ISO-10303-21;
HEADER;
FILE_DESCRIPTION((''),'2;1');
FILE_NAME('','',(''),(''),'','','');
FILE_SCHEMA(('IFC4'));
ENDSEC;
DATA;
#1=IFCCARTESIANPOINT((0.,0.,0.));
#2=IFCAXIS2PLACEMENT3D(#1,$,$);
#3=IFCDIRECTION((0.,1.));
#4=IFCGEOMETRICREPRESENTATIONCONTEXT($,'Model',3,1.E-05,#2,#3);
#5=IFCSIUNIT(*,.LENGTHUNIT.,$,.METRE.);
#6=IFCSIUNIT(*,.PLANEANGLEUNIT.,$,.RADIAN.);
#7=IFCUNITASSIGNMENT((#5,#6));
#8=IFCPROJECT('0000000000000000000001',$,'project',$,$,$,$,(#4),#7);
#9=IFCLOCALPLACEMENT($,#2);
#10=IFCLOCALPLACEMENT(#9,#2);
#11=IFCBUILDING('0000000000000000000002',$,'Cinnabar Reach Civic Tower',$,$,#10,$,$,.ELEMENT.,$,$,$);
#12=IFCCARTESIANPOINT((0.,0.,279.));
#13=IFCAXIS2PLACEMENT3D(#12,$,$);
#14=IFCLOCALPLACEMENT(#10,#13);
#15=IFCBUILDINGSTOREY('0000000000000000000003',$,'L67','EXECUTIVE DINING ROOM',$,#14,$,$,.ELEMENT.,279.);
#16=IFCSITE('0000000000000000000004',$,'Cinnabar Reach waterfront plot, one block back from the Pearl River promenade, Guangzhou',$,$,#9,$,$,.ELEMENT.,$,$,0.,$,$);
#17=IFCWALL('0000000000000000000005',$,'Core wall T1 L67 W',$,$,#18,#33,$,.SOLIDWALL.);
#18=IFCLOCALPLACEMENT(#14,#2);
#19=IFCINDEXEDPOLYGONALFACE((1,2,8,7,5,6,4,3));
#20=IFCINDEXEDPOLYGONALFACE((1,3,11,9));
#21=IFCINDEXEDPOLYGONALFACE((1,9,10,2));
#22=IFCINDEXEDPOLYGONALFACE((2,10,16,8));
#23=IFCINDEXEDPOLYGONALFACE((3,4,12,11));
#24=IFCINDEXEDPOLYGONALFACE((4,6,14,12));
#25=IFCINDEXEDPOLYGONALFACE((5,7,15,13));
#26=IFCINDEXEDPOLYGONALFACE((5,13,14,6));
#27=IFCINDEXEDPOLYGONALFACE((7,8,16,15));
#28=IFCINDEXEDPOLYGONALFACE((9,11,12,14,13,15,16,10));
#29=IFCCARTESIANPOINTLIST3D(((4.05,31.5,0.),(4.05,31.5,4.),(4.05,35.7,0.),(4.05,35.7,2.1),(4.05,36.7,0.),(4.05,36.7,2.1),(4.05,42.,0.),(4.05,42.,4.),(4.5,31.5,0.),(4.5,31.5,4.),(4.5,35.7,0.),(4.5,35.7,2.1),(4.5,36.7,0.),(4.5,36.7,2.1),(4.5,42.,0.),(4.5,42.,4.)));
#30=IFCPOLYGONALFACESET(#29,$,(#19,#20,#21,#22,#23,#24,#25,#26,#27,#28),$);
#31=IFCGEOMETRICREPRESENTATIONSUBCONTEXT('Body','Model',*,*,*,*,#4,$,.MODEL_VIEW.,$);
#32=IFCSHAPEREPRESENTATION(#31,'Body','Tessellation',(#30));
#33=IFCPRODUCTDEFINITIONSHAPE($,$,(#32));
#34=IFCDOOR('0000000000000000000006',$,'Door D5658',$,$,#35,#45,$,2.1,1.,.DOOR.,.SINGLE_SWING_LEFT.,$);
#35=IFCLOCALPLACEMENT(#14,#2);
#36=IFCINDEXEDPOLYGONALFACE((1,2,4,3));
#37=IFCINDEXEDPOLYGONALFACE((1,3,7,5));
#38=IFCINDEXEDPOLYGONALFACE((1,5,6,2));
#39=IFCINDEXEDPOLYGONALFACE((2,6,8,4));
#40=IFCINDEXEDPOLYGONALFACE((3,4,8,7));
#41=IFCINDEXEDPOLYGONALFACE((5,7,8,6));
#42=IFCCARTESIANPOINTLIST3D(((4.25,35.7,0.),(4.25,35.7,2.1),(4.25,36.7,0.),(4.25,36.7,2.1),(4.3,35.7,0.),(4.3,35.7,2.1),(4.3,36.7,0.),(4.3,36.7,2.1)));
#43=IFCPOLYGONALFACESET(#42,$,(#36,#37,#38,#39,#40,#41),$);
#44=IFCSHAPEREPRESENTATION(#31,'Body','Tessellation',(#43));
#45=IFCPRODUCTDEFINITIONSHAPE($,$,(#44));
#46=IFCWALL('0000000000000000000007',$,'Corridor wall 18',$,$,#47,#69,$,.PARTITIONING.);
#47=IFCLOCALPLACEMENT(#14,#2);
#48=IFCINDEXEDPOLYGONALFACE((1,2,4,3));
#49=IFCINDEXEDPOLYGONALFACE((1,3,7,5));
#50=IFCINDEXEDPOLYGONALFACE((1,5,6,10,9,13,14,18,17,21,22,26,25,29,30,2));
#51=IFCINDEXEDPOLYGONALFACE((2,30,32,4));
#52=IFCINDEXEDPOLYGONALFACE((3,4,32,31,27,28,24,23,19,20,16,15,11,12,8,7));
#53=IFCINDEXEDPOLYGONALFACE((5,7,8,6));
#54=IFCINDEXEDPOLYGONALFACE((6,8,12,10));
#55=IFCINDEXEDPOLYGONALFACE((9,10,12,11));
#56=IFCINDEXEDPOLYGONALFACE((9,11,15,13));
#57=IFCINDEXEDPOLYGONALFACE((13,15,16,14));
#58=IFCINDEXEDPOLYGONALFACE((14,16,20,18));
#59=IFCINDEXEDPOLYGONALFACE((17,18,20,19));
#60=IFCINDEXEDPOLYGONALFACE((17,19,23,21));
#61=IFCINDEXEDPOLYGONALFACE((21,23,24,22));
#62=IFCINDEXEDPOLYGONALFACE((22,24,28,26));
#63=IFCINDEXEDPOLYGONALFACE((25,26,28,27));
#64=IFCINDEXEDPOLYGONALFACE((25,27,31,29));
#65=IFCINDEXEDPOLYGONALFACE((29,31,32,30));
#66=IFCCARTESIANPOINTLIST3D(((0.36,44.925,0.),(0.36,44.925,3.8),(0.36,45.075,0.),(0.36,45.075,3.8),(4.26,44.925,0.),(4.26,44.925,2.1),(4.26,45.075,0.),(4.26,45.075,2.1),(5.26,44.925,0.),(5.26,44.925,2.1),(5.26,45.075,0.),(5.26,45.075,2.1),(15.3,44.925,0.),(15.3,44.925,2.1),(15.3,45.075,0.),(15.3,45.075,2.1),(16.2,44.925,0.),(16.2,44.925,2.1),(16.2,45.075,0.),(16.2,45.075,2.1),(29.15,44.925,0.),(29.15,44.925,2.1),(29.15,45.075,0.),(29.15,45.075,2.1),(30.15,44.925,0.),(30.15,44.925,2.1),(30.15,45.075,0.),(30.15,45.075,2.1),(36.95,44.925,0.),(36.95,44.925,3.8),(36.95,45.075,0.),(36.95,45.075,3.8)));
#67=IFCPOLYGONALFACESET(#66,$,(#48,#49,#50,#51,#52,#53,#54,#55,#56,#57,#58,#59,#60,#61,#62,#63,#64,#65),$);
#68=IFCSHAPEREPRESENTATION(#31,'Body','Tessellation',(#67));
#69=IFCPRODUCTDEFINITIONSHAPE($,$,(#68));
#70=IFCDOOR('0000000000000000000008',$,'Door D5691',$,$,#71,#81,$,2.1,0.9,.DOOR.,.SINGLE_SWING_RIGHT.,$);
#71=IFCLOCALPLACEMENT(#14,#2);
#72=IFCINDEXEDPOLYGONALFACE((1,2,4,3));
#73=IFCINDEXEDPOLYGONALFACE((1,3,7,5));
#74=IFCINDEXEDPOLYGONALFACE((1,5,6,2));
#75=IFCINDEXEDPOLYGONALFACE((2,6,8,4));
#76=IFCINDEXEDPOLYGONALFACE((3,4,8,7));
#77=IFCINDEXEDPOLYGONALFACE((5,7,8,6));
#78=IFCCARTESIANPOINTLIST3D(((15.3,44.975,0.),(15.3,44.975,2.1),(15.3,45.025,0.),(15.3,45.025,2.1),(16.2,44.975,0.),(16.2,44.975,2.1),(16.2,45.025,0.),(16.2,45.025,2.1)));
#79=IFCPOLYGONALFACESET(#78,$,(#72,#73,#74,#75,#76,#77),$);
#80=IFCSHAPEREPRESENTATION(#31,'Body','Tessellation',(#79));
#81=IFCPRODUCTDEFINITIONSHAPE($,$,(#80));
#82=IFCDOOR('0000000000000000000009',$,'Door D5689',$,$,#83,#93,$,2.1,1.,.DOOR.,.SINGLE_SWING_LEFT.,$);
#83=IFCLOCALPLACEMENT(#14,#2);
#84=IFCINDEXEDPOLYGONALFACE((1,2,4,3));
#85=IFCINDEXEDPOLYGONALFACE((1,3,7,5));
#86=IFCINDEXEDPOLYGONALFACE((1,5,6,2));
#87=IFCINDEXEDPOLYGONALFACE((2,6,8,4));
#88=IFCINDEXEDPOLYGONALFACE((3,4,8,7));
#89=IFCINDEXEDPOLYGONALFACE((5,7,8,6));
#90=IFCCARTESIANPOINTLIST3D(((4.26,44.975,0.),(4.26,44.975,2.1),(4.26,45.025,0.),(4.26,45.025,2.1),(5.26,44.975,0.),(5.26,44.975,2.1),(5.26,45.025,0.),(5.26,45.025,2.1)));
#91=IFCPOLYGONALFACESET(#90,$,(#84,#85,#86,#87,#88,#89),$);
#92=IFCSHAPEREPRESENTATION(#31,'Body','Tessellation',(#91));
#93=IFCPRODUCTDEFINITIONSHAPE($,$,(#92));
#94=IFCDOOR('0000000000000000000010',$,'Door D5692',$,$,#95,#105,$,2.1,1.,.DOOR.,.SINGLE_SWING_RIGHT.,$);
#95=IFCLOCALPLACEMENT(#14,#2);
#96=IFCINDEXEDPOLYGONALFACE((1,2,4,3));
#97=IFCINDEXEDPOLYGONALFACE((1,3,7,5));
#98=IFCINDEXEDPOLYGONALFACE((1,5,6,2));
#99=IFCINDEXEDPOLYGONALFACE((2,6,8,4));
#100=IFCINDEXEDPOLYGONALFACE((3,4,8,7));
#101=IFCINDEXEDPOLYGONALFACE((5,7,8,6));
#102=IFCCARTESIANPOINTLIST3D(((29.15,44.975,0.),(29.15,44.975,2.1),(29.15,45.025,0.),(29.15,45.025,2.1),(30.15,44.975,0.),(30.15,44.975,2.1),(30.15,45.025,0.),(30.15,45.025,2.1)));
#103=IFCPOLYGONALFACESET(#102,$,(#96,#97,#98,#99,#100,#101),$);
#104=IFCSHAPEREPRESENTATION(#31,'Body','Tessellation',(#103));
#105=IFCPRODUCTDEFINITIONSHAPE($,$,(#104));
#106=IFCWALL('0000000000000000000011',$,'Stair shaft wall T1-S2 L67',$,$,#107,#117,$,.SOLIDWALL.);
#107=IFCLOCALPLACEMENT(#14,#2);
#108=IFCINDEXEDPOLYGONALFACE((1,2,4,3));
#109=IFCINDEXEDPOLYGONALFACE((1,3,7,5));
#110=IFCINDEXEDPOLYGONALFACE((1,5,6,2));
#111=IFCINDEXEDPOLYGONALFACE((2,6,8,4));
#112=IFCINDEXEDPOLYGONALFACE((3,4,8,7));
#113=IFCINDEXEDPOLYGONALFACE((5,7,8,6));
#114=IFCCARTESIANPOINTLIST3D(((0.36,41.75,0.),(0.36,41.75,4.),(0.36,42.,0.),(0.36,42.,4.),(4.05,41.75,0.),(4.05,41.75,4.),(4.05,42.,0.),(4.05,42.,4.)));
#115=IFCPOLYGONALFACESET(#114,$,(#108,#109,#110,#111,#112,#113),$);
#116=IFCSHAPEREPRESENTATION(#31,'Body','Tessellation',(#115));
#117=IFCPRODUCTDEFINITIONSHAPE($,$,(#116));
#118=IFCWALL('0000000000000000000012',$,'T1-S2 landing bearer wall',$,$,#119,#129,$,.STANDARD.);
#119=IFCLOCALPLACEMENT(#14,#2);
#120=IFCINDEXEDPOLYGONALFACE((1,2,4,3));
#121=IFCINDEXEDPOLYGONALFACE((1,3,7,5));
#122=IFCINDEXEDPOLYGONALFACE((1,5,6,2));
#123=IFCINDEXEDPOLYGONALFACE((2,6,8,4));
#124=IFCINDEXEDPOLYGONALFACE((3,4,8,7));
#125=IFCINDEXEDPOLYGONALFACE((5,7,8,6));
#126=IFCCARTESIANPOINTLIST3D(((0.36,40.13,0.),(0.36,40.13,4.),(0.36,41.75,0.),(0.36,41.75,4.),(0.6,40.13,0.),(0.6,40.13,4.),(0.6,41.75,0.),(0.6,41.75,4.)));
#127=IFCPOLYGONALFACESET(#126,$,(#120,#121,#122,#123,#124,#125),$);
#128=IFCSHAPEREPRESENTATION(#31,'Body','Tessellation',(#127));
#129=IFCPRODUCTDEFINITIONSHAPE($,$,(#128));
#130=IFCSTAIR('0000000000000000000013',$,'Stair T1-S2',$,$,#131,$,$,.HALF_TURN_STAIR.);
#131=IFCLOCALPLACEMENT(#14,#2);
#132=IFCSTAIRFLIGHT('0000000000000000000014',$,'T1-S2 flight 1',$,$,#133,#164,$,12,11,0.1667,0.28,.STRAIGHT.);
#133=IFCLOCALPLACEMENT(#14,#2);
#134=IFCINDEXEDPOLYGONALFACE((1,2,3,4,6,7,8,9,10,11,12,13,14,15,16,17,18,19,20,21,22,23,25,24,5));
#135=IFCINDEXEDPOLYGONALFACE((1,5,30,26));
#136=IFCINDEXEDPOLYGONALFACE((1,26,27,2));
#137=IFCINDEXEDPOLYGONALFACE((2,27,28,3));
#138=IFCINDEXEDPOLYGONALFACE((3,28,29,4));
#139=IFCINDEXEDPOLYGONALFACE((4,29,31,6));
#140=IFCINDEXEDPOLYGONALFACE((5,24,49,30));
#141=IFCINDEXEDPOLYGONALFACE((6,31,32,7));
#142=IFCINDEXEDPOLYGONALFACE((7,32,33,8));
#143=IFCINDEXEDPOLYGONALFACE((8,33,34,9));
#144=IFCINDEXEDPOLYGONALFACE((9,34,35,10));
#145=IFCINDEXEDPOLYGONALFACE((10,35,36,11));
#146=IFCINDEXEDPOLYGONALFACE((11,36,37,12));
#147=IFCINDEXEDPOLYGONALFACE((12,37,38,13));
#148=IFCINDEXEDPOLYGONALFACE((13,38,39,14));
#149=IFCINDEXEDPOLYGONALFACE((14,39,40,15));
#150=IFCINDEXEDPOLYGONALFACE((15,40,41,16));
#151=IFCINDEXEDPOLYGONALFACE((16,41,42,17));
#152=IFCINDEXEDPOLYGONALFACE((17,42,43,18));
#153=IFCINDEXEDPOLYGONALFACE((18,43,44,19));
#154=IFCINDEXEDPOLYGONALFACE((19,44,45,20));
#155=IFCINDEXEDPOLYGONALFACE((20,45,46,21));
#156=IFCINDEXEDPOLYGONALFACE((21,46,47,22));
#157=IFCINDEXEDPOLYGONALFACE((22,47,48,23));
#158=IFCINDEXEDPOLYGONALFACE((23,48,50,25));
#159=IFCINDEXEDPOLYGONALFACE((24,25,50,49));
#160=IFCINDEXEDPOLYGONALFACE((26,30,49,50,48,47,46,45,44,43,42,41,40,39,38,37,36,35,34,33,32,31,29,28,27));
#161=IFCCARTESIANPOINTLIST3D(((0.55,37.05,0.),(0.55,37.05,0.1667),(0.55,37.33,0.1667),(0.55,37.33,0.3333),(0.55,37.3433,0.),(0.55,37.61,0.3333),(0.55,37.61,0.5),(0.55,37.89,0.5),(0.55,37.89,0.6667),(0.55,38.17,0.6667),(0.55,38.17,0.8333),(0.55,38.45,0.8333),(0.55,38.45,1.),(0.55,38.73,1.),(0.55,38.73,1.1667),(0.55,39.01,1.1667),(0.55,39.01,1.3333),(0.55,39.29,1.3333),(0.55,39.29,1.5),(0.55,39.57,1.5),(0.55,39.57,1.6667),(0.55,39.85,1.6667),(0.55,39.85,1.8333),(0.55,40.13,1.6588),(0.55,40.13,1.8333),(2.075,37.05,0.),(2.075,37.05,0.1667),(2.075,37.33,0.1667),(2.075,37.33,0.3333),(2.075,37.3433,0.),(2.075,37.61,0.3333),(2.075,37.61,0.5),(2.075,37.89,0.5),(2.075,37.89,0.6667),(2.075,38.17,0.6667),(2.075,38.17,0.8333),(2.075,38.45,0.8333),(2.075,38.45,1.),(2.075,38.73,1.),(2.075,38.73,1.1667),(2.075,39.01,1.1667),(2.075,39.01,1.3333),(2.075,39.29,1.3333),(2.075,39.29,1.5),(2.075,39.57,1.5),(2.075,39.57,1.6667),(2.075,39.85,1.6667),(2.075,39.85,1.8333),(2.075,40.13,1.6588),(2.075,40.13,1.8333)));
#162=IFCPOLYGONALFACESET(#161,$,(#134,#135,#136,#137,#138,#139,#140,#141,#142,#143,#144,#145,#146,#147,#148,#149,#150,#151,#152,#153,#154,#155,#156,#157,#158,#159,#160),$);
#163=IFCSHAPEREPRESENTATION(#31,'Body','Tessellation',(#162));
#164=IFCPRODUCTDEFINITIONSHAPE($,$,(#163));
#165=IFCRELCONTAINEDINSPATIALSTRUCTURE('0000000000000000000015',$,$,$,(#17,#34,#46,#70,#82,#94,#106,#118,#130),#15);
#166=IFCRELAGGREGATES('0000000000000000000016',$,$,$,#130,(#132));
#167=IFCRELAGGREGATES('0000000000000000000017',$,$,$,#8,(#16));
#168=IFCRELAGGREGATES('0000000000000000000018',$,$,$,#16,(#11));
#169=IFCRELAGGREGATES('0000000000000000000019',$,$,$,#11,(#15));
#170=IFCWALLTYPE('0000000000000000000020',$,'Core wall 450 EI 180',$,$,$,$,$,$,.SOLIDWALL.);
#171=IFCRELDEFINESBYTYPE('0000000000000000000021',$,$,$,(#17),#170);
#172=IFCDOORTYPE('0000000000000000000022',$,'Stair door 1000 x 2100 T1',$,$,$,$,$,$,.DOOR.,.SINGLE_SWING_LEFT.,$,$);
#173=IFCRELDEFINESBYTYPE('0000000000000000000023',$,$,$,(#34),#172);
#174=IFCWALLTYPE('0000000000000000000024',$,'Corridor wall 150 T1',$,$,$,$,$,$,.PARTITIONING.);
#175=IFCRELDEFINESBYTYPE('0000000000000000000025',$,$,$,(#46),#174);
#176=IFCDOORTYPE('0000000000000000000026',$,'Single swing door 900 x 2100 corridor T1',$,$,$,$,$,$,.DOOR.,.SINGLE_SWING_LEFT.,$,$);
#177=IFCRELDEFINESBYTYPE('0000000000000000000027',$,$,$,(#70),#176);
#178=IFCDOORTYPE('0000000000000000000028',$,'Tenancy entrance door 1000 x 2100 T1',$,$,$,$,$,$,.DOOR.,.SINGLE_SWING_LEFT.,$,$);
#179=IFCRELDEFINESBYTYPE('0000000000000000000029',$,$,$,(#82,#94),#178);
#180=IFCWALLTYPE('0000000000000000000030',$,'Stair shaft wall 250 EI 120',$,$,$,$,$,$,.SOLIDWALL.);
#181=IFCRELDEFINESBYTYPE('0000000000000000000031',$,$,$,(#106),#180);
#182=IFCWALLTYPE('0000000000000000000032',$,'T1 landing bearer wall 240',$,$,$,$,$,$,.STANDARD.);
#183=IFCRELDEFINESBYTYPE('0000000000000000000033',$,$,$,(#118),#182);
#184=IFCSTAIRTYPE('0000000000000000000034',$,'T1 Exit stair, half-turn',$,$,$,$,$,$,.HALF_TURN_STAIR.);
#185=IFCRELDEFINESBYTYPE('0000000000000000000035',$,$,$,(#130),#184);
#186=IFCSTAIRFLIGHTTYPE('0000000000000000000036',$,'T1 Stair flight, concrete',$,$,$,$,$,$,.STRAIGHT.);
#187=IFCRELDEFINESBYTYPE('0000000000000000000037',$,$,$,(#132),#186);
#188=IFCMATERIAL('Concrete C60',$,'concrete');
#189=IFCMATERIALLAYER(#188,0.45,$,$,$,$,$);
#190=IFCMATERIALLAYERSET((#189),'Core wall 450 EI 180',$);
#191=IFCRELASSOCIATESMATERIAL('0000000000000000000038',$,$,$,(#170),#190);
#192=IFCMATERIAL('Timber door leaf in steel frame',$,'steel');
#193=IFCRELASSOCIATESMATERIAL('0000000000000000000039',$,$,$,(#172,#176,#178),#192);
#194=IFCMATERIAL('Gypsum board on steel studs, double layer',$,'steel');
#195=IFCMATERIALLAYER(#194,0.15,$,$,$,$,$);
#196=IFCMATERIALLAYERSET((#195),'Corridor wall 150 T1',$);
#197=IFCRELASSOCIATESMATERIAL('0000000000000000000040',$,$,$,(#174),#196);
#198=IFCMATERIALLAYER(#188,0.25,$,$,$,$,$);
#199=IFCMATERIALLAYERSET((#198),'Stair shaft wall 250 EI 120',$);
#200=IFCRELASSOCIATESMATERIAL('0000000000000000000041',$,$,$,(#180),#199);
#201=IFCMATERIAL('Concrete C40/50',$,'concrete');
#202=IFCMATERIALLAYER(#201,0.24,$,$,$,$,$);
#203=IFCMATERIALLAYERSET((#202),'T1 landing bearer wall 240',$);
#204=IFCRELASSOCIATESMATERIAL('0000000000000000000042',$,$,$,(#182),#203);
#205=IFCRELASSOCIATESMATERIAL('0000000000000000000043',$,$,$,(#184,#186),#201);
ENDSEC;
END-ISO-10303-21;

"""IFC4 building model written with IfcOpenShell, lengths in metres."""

from ifc_helpers import new_model, si_unit, direction, frame, frame_2d, origin, place, context, subcontext, project, spatial, polyline, rectangle, outline, extrude, material, layer, layer_set, type_object, element, fill, aggregate, save


model = new_model("IFC4")

# Units and contexts
model_context = context("Model", 3, precision=1e-05, world=origin(), true_north=direction((0.0, 1.0)))
body_context = subcontext(model_context, "Body", "Model", "MODEL_VIEW")
ifc_project = project(units=[si_unit("LENGTHUNIT", "METRE"), si_unit("PLANEANGLEUNIT", "RADIAN")], contexts=[model_context])

# Site, building, storey
site_placement = place(None, origin())
site = spatial("IfcSite", under=ifc_project, at=site_placement, Name="Cinnabar Reach waterfront plot, one block back from the Pearl River promenade, Guangzhou", CompositionType="ELEMENT", RefElevation=0.0)
building_placement = place(site_placement, origin())
building = spatial("IfcBuilding", under=site, at=building_placement, Name="Cinnabar Reach Civic Tower", CompositionType="ELEMENT")
storey_placement = place(building_placement, frame((0.0, 0.0, 279.0)))
storey = spatial("IfcBuildingStorey", under=building, at=storey_placement, Name="L67", Description="EXECUTIVE DINING ROOM", CompositionType="ELEMENT", Elevation=279.0)

# Shared definitions
ifc_material_1 = material(Name="Concrete C60", Category="concrete")

# Wall, opening, door
ifc_layer_1 = layer(ifc_material_1, 0.45)
ifc_layer_set_1 = layer_set([ifc_layer_1], Name="Core wall 450 EI 180")
wall_type_1 = type_object("IfcWallType", Name="Core wall 450 EI 180", PredefinedType="SOLIDWALL", material=ifc_layer_set_1)
wall_1_placement = place(storey_placement, frame((4.275, 42.0, 0.0), z_axis=(0.0, 0.0, 1.0), x_axis=(0.0, -1.0, 0.0)))
wall_1 = element("IfcWall", 1, at=wall_1_placement, inside=storey, type_object=wall_type_1, Name="Core wall T1 L67 W", PredefinedType="SOLIDWALL", context=body_context, shape_type="SweptSolid", body=[
    extrude(rectangle(XDim=10.5, YDim=0.45, at=frame_2d((5.25, 0.0))), origin(), (0.0, 0.0, 1.0), 4.0),
])
opening_1_placement = place(wall_1_placement, frame((5.3, 0.0, 0.0)))
opening_1 = element("IfcOpeningElement", 2, at=opening_1_placement, cuts=wall_1, PredefinedType="OPENING", context=body_context, shape_type="SweptSolid", body=[
    extrude(rectangle(XDim=1.0, YDim=2.1, at=frame_2d((0.5, 1.05))), frame((0.0, 0.235, 0.0), z_axis=(0.0, -1.0, 0.0), x_axis=(1.0, 0.0, 0.0)), (0.0, 0.0, 1.0), 0.47),
])
ifc_material_2 = material(Name="Timber door leaf in steel frame", Category="steel")
door_type_1 = type_object("IfcDoorType", Name="Stair door 1000 x 2100 T1", OperationType="SINGLE_SWING_LEFT", PredefinedType="DOOR", material=ifc_material_2)
door_1_placement = place(opening_1_placement, frame((1.0, 0.0, 0.0), z_axis=(0.0, 0.0, 1.0), x_axis=(-1.0, 0.0, 0.0)))
door_1 = element("IfcDoor", 3, at=door_1_placement, inside=storey, type_object=door_type_1, Name="Door D5658", OperationType="SINGLE_SWING_LEFT", OverallHeight=2.1, OverallWidth=1.0, PredefinedType="DOOR", context=body_context, shape_type="SweptSolid", body=[
    extrude(rectangle(XDim=1.0, YDim=2.1, at=frame_2d((0.5, 1.05))), frame((0.0, 0.025, 0.0), z_axis=(0.0, -1.0, 0.0), x_axis=(1.0, 0.0, 0.0)), (0.0, 0.0, 1.0), 0.05),
])
fill(opening_1, door_1)

# Wall, openings, doors
ifc_material_3 = material(Name="Gypsum board on steel studs, double layer", Category="steel")
ifc_layer_2 = layer(ifc_material_3, 0.15)
ifc_layer_set_2 = layer_set([ifc_layer_2], Name="Corridor wall 150 T1")
wall_type_2 = type_object("IfcWallType", Name="Corridor wall 150 T1", PredefinedType="PARTITIONING", material=ifc_layer_set_2)
wall_2_placement = place(storey_placement, frame((0.36, 45.0, 0.0), z_axis=(0.0, 0.0, 1.0), x_axis=(1.0, 0.0, 0.0)))
wall_2 = element("IfcWall", 4, at=wall_2_placement, inside=storey, type_object=wall_type_2, Name="Corridor wall 18", PredefinedType="PARTITIONING", context=body_context, shape_type="SweptSolid", body=[
    extrude(rectangle(XDim=36.59, YDim=0.15, at=frame_2d((18.295, 0.0))), origin(), (0.0, 0.0, 1.0), 3.8),
])
opening_2_placement = place(wall_2_placement, frame((3.9, 0.0, 0.0)))
opening_2 = element("IfcOpeningElement", 5, at=opening_2_placement, cuts=wall_2, PredefinedType="OPENING", context=body_context, shape_type="SweptSolid", body=[
    extrude(rectangle(XDim=1.0, YDim=2.1, at=frame_2d((0.5, 1.05))), frame((0.0, 0.085, 0.0), z_axis=(0.0, -1.0, 0.0), x_axis=(1.0, 0.0, 0.0)), (0.0, 0.0, 1.0), 0.17),
])
opening_3_placement = place(wall_2_placement, frame((14.94, 0.0, 0.0)))
opening_3 = element("IfcOpeningElement", 6, at=opening_3_placement, cuts=wall_2, PredefinedType="OPENING", context=body_context, shape_type="SweptSolid", body=[
    extrude(rectangle(XDim=0.9, YDim=2.1, at=frame_2d((0.45, 1.05))), frame((0.0, 0.085, 0.0), z_axis=(0.0, -1.0, 0.0), x_axis=(1.0, 0.0, 0.0)), (0.0, 0.0, 1.0), 0.17),
])
opening_4_placement = place(wall_2_placement, frame((28.79, 0.0, 0.0)))
opening_4 = element("IfcOpeningElement", 7, at=opening_4_placement, cuts=wall_2, PredefinedType="OPENING", context=body_context, shape_type="SweptSolid", body=[
    extrude(rectangle(XDim=1.0, YDim=2.1, at=frame_2d((0.5, 1.05))), frame((0.0, 0.085, 0.0), z_axis=(0.0, -1.0, 0.0), x_axis=(1.0, 0.0, 0.0)), (0.0, 0.0, 1.0), 0.17),
])
door_type_2 = type_object("IfcDoorType", Name="Single swing door 900 x 2100 corridor T1", OperationType="SINGLE_SWING_LEFT", PredefinedType="DOOR", material=ifc_material_2)
door_2_placement = place(opening_3_placement, frame((0.9, 0.0, 0.0), z_axis=(0.0, 0.0, 1.0), x_axis=(-1.0, 0.0, 0.0)))
door_2 = element("IfcDoor", 8, at=door_2_placement, inside=storey, type_object=door_type_2, Name="Door D5691", OperationType="SINGLE_SWING_RIGHT", OverallHeight=2.1, OverallWidth=0.9, PredefinedType="DOOR", context=body_context, shape_type="SweptSolid", body=[
    extrude(rectangle(XDim=0.9, YDim=2.1, at=frame_2d((0.45, 1.05))), frame((0.0, 0.025, 0.0), z_axis=(0.0, -1.0, 0.0), x_axis=(1.0, 0.0, 0.0)), (0.0, 0.0, 1.0), 0.05),
])
fill(opening_3, door_2)
door_type_3 = type_object("IfcDoorType", Name="Tenancy entrance door 1000 x 2100 T1", OperationType="SINGLE_SWING_LEFT", PredefinedType="DOOR", material=ifc_material_2)
door_3_placement = place(opening_2_placement, origin())
door_3 = element("IfcDoor", 9, at=door_3_placement, inside=storey, type_object=door_type_3, Name="Door D5689", OperationType="SINGLE_SWING_LEFT", OverallHeight=2.1, OverallWidth=1.0, PredefinedType="DOOR", context=body_context, shape_type="SweptSolid", body=[
    extrude(rectangle(XDim=1.0, YDim=2.1, at=frame_2d((0.5, 1.05))), frame((0.0, 0.025, 0.0), z_axis=(0.0, -1.0, 0.0), x_axis=(1.0, 0.0, 0.0)), (0.0, 0.0, 1.0), 0.05),
])
fill(opening_2, door_3)
door_4_placement = place(opening_4_placement, origin())
door_4 = element("IfcDoor", 10, at=door_4_placement, inside=storey, type_object=door_type_3, Name="Door D5692", OperationType="SINGLE_SWING_RIGHT", OverallHeight=2.1, OverallWidth=1.0, PredefinedType="DOOR", context=body_context, shape_type="SweptSolid", body=[
    extrude(rectangle(XDim=1.0, YDim=2.1, at=frame_2d((0.5, 1.05))), frame((0.0, 0.025, 0.0), z_axis=(0.0, -1.0, 0.0), x_axis=(1.0, 0.0, 0.0)), (0.0, 0.0, 1.0), 0.05),
])
fill(opening_4, door_4)

# Walls
ifc_layer_3 = layer(ifc_material_1, 0.25)
ifc_layer_set_3 = layer_set([ifc_layer_3], Name="Stair shaft wall 250 EI 120")
wall_type_3 = type_object("IfcWallType", Name="Stair shaft wall 250 EI 120", PredefinedType="SOLIDWALL", material=ifc_layer_set_3)
wall_3_placement = place(storey_placement, frame((4.05, 41.875, 0.0), z_axis=(0.0, 0.0, 1.0), x_axis=(-1.0, 0.0, 0.0)))
element("IfcWall", 11, at=wall_3_placement, inside=storey, type_object=wall_type_3, Name="Stair shaft wall T1-S2 L67", PredefinedType="SOLIDWALL", context=body_context, shape_type="SweptSolid", body=[
    extrude(rectangle(XDim=3.69, YDim=0.25, at=frame_2d((1.845, 0.0))), origin(), (0.0, 0.0, 1.0), 4.0),
])
ifc_material_4 = material(Name="Concrete C40/50", Category="concrete")
ifc_layer_4 = layer(ifc_material_4, 0.24)
ifc_layer_set_4 = layer_set([ifc_layer_4], Name="T1 landing bearer wall 240")
wall_type_4 = type_object("IfcWallType", Name="T1 landing bearer wall 240", PredefinedType="STANDARD", material=ifc_layer_set_4)
wall_4_placement = place(storey_placement, frame((0.48, 40.13, 0.0), z_axis=(0.0, 0.0, 1.0), x_axis=(0.0, 1.0, 0.0)))
element("IfcWall", 12, at=wall_4_placement, inside=storey, type_object=wall_type_4, Name="T1-S2 landing bearer wall", PredefinedType="STANDARD", context=body_context, shape_type="SweptSolid", body=[
    extrude(rectangle(XDim=1.62, YDim=0.24, at=frame_2d((0.81, 0.0))), origin(), (0.0, 0.0, 1.0), 4.0),
])

# Stair, stair flight
stair_type = type_object("IfcStairType", Name="T1 Exit stair, half-turn", PredefinedType="HALF_TURN_STAIR", material=ifc_material_4)
stair_placement = place(storey_placement, origin())
stair = element("IfcStair", 13, at=stair_placement, inside=storey, type_object=stair_type, Name="Stair T1-S2", PredefinedType="HALF_TURN_STAIR")
stair_flight_type = type_object("IfcStairFlightType", Name="T1 Stair flight, concrete", PredefinedType="STRAIGHT", material=ifc_material_4)
stair_flight_1_placement = place(storey_placement, frame((1.3125, 37.05, 0.0), z_axis=(0.0, 0.0, 1.0), x_axis=(0.0, 1.0, 0.0)))
stair_flight_1 = element("IfcStairFlight", 14, at=stair_flight_1_placement, type_object=stair_flight_type, Name="T1-S2 flight 1", NumberOfRisers=12, NumberOfTreads=11, PredefinedType="STRAIGHT", RiserHeight=0.1667, TreadLength=0.28, context=body_context, shape_type="SweptSolid", body=[
    extrude(outline(polyline([(0.0, 0.0), (0.0, 0.1667), (0.28, 0.1667), (0.28, 0.3333), (0.56, 0.3333), (0.56, 0.5), (0.84, 0.5), (0.84, 0.6667), (1.12, 0.6667), (1.12, 0.8333), (1.4, 0.8333), (1.4, 1.0), (1.68, 1.0), (1.68, 1.1667), (1.96, 1.1667), (1.96, 1.3333), (2.24, 1.3333), (2.24, 1.5), (2.52, 1.5), (2.52, 1.6667), (2.8, 1.6667), (2.8, 1.8333), (3.08, 1.8333), (3.08, 2.0), (3.08, 1.6588), (0.2933, 0.0), (0.0, 0.0)])), frame((0.0, 0.7625, 0.0), z_axis=(0.0, -1.0, 0.0), x_axis=(1.0, 0.0, 0.0)), (0.0, 0.0, 1.0), 1.525),
])
aggregate(stair, [stair_flight_1])

save(model, "model.ifc")
